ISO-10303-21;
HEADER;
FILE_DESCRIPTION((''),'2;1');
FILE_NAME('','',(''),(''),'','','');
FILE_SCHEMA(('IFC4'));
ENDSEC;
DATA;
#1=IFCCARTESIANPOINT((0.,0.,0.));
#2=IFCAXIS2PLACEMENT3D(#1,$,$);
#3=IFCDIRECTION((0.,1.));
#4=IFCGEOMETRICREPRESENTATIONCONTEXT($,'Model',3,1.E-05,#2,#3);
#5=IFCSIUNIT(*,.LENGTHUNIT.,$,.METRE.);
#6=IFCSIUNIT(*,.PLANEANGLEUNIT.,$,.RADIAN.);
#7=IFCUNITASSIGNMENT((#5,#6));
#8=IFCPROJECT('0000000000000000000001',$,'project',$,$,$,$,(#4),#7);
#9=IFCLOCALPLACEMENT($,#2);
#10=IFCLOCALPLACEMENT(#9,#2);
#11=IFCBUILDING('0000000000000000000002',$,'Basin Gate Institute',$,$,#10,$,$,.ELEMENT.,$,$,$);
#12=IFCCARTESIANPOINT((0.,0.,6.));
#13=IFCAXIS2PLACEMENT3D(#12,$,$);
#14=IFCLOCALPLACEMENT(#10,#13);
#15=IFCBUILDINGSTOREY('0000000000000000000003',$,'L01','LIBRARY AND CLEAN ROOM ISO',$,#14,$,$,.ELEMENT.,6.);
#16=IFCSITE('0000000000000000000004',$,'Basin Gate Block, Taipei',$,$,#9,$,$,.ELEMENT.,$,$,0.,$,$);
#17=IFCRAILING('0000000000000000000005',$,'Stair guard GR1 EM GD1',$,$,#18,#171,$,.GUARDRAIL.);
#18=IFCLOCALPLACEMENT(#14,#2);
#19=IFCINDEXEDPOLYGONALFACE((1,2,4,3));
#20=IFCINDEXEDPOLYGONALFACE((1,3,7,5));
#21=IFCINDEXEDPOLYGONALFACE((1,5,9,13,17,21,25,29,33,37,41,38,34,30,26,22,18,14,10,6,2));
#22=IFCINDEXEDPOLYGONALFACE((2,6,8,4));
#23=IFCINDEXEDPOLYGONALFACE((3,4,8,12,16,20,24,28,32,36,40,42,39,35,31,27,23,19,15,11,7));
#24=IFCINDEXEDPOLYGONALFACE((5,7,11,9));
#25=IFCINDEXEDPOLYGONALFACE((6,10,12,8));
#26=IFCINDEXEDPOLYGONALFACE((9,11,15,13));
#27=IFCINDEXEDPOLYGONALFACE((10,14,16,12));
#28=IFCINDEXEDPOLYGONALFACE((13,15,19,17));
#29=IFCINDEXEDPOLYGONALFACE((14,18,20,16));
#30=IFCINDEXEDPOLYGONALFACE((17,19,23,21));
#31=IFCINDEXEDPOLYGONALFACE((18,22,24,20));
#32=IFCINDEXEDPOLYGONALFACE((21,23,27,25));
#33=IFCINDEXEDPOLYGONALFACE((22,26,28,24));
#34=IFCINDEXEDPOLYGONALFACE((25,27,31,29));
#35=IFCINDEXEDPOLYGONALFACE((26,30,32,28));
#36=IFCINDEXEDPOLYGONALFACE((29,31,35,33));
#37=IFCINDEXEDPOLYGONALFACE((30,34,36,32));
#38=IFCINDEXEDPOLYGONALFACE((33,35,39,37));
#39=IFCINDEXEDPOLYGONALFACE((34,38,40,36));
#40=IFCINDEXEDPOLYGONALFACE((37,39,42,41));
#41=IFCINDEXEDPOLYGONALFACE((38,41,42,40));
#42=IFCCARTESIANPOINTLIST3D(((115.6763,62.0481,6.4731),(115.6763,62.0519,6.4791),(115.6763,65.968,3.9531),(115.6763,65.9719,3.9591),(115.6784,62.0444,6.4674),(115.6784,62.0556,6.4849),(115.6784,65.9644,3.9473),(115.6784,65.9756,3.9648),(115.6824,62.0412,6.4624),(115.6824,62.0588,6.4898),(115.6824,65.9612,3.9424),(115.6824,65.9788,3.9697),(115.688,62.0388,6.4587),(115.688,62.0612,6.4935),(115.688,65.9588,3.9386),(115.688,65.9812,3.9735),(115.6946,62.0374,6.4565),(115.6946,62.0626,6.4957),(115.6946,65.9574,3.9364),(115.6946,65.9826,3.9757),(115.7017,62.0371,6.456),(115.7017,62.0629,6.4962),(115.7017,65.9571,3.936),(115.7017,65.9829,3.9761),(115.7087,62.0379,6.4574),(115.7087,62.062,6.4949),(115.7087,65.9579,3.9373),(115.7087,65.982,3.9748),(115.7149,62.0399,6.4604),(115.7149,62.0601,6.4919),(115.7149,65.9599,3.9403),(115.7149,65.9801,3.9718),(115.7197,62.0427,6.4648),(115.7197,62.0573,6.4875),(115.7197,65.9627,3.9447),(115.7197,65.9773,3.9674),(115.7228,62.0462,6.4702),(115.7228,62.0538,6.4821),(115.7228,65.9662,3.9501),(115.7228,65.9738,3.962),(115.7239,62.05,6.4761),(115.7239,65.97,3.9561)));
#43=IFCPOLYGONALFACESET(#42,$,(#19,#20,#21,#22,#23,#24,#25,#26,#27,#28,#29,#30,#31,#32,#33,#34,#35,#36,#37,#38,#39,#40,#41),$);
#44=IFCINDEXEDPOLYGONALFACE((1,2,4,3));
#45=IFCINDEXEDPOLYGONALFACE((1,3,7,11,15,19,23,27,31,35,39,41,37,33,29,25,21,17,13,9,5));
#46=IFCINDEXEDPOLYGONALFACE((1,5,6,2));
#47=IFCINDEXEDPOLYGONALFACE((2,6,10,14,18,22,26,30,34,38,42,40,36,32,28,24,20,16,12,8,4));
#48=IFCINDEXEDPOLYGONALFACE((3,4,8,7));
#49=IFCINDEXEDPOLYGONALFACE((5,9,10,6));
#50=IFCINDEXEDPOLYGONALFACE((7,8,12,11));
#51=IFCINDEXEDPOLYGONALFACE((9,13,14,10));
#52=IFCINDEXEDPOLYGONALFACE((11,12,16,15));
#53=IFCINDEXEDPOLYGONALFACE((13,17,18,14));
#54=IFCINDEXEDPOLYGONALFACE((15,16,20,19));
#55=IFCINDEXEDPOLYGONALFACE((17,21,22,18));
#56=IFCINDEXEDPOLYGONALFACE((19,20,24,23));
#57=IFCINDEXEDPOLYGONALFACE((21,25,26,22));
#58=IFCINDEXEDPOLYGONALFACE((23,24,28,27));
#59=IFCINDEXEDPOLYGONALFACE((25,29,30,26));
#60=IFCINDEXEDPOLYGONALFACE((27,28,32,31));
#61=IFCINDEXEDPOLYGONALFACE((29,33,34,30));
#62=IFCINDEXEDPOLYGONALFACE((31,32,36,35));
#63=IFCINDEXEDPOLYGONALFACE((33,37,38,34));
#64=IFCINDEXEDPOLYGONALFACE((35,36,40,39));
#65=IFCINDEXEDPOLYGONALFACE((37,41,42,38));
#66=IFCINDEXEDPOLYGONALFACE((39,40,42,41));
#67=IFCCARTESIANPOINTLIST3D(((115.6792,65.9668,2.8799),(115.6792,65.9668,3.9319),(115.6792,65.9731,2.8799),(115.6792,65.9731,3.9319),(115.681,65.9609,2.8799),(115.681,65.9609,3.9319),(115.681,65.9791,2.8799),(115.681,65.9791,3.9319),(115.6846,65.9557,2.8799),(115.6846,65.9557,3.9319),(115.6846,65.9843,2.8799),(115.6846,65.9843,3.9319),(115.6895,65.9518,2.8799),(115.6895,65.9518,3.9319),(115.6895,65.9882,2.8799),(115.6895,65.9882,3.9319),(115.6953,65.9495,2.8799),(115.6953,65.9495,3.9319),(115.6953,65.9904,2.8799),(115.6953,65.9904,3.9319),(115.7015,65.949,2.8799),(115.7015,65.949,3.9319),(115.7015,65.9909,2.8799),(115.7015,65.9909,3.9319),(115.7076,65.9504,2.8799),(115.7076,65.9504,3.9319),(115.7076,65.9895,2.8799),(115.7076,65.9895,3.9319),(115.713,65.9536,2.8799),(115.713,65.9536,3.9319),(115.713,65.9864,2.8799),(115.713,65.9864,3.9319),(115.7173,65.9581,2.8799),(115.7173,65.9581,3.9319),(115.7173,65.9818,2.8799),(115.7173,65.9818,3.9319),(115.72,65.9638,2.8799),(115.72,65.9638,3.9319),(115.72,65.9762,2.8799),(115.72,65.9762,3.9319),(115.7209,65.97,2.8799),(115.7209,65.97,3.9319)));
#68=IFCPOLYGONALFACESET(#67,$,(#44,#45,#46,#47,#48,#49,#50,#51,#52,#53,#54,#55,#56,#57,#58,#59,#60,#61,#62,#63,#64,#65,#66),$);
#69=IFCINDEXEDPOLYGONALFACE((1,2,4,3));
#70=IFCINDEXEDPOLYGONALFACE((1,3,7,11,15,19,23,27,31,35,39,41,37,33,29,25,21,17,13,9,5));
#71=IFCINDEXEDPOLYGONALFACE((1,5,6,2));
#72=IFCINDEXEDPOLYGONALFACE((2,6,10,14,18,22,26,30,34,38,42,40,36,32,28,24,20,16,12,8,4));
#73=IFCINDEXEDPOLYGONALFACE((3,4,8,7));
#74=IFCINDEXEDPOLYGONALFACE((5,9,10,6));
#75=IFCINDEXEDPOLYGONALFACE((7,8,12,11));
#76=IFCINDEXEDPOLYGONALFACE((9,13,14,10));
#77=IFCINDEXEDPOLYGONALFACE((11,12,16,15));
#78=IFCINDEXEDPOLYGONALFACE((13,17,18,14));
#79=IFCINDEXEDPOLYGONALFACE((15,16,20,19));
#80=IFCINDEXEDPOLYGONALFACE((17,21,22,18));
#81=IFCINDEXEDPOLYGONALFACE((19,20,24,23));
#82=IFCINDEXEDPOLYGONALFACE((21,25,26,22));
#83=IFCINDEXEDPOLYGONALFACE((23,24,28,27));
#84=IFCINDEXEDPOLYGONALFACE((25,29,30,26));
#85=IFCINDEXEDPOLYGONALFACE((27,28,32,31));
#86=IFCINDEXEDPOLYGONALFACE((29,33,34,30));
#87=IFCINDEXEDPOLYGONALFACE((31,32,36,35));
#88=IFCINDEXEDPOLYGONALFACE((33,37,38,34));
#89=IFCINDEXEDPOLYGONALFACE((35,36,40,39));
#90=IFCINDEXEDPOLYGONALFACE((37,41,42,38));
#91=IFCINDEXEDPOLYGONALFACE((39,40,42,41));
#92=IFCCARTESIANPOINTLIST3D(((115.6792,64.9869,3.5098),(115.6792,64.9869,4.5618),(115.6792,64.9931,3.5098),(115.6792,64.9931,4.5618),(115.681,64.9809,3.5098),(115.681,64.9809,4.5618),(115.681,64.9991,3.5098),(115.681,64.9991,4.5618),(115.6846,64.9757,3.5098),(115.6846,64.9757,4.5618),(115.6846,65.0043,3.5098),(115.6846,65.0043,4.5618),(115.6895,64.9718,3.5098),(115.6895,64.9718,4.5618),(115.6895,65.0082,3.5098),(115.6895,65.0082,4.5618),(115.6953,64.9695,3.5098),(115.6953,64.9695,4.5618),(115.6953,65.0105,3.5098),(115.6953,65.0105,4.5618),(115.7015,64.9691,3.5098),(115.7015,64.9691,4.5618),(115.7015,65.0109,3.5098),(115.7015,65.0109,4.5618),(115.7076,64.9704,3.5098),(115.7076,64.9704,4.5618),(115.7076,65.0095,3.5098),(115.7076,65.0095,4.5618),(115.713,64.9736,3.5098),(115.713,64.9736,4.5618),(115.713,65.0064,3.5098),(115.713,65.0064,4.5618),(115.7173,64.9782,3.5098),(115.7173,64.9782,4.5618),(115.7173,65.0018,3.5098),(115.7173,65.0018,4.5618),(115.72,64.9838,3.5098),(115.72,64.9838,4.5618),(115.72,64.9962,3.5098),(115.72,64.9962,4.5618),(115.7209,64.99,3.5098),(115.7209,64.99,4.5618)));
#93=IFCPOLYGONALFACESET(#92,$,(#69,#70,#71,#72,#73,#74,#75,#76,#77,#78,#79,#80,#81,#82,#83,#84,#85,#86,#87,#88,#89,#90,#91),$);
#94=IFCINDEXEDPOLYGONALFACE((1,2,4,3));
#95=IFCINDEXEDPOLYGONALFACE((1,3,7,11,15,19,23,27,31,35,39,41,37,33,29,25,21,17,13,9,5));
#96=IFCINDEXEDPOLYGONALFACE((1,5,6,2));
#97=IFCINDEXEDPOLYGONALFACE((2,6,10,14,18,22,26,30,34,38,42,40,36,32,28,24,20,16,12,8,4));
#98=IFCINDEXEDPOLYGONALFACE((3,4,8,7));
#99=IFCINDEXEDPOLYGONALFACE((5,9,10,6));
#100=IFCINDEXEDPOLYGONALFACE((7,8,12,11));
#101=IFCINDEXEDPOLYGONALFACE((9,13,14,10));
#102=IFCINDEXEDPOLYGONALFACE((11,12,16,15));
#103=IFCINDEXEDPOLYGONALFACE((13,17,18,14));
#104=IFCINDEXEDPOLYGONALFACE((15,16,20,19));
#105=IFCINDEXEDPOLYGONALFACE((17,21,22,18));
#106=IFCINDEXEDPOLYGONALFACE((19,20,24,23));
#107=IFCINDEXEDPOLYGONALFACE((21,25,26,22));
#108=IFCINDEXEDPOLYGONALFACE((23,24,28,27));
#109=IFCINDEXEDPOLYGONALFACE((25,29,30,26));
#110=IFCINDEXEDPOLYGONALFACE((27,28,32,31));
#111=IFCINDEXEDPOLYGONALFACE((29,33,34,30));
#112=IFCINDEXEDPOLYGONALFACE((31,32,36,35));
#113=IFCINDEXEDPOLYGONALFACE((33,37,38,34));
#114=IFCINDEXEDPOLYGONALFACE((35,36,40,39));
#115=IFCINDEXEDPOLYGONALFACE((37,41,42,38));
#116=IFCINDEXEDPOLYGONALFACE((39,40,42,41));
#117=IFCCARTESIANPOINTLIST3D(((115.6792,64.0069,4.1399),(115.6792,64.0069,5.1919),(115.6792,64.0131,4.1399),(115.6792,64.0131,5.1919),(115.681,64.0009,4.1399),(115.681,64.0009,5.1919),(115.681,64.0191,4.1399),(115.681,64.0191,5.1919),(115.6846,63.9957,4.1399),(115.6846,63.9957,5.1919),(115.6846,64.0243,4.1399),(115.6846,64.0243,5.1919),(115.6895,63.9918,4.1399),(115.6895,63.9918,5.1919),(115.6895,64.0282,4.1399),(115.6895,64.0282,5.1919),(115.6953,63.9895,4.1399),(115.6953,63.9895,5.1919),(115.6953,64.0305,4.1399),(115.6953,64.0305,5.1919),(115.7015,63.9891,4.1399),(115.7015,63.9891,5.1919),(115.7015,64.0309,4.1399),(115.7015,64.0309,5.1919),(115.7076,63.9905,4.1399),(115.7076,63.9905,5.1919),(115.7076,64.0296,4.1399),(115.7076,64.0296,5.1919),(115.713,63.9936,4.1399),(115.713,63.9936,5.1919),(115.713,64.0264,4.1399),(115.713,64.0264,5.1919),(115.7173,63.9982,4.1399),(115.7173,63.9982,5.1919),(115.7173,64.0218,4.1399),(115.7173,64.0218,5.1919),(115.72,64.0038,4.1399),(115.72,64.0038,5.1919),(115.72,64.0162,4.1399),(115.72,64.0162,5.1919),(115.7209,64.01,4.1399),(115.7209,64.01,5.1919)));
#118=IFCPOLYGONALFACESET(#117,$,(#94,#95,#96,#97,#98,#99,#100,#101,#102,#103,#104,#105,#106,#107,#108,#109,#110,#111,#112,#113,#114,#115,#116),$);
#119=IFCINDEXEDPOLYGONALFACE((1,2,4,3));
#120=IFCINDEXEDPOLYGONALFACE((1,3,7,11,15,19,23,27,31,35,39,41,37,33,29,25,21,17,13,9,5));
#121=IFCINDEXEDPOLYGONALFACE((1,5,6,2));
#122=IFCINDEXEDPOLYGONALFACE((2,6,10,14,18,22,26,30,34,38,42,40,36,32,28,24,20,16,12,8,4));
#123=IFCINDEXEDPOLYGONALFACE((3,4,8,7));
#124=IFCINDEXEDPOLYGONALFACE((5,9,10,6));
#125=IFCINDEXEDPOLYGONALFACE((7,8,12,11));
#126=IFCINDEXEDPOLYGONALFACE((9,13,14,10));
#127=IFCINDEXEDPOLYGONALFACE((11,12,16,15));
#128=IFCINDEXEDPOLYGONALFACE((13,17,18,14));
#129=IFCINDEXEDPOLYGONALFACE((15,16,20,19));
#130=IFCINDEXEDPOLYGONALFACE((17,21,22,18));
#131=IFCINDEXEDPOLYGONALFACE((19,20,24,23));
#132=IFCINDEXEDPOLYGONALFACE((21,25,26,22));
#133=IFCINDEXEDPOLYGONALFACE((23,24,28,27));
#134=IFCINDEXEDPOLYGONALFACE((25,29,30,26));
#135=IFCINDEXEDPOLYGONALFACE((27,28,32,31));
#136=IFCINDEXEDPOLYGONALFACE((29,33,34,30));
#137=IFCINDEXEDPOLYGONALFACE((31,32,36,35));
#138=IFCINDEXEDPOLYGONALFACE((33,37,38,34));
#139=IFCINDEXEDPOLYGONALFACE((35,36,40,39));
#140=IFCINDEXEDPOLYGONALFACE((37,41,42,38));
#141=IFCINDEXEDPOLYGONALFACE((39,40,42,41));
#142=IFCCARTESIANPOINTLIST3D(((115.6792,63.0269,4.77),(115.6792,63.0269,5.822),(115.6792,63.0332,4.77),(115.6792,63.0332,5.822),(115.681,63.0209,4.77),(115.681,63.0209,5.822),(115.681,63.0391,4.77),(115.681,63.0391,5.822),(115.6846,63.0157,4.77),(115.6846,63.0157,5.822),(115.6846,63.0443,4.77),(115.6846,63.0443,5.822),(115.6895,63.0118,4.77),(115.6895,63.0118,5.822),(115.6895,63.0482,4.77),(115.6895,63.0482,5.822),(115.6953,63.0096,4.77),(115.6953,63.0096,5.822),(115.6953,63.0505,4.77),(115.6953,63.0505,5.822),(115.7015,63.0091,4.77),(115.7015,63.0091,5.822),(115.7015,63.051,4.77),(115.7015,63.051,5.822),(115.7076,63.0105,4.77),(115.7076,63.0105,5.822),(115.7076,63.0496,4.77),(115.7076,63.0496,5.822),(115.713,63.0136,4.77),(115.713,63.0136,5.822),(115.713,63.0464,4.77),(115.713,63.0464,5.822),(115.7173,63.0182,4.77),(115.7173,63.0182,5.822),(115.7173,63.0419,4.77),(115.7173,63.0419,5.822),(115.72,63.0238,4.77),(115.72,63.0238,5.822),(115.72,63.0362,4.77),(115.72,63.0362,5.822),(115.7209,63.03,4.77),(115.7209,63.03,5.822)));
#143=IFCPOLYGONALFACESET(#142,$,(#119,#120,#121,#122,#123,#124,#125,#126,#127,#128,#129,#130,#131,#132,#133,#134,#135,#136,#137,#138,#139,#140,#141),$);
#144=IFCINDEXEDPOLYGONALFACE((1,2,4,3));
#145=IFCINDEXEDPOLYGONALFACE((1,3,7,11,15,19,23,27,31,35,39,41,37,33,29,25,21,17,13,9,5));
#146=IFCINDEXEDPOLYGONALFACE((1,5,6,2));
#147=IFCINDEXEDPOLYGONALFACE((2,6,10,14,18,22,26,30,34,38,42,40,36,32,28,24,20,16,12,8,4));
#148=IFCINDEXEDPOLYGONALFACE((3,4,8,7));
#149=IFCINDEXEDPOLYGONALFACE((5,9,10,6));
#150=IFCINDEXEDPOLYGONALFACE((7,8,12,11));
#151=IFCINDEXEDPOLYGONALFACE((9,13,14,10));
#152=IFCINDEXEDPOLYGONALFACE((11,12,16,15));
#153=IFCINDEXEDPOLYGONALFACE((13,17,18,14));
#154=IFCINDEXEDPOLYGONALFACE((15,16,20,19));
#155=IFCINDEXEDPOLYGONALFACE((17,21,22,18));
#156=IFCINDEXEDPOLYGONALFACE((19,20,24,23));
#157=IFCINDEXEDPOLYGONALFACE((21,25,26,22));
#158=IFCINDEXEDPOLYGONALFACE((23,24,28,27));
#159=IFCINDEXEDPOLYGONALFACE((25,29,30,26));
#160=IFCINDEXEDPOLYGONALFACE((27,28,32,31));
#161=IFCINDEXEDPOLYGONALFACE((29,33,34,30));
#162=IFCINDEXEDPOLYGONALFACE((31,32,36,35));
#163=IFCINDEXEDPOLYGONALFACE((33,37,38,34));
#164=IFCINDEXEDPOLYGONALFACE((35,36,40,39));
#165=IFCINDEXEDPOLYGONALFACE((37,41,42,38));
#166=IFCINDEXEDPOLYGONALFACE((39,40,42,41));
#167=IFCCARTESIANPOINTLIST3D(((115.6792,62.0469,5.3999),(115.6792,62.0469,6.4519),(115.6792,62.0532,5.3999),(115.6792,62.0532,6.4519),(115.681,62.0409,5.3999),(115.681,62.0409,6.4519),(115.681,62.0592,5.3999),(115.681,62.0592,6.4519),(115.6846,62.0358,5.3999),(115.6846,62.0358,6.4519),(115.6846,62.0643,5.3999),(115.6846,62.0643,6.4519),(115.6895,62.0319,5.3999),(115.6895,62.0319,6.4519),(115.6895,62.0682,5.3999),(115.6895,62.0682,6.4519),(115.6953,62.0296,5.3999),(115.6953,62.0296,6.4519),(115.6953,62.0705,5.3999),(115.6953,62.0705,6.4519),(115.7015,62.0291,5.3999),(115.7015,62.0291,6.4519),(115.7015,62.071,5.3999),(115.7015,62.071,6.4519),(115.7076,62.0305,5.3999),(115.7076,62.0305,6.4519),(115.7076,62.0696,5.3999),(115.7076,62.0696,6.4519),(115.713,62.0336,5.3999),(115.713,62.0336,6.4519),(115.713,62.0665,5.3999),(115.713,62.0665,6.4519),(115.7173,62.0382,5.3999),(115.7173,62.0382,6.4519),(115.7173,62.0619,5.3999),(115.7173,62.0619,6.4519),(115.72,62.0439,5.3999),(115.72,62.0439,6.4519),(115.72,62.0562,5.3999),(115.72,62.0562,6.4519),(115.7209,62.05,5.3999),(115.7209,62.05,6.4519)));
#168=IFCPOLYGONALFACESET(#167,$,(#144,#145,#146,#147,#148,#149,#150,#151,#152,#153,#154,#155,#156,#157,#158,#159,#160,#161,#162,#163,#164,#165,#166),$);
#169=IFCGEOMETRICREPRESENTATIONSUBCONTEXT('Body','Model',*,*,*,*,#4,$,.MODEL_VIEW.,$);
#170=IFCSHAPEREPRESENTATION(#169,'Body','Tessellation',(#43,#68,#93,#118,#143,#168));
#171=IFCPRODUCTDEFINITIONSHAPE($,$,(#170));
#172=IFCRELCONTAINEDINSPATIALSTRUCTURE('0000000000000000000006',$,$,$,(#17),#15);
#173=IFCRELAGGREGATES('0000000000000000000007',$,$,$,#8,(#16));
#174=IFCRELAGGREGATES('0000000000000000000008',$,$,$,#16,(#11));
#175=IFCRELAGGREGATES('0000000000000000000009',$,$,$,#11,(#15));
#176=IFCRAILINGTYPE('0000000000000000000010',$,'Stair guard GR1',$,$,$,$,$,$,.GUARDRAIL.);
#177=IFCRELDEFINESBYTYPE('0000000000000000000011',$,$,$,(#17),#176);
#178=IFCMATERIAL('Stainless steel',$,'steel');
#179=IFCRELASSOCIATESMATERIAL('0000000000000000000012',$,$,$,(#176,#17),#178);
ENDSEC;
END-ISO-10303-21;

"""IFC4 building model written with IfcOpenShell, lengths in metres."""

from ifc_helpers import new_model, si_unit, direction, frame, origin, origin_2d, place, context, subcontext, project, spatial, circle, extrude, material, type_object, element, save


model = new_model("IFC4")

# Units and contexts
model_context = context("Model", 3, precision=1e-05, world=origin(), true_north=direction((0.0, 1.0)))
body_context = subcontext(model_context, "Body", "Model", "MODEL_VIEW")
ifc_project = project(units=[si_unit("LENGTHUNIT", "METRE"), si_unit("PLANEANGLEUNIT", "RADIAN")], contexts=[model_context])

# Site, building, storey
site_placement = place(None, origin())
site = spatial("IfcSite", under=ifc_project, at=site_placement, Name="Basin Gate Block, Taipei", CompositionType="ELEMENT", RefElevation=0.0)
building_placement = place(site_placement, origin())
building = spatial("IfcBuilding", under=site, at=building_placement, Name="Basin Gate Institute", CompositionType="ELEMENT")
storey_placement = place(building_placement, frame((0.0, 0.0, 6.0)))
storey = spatial("IfcBuildingStorey", under=building, at=storey_placement, Name="L01", Description="LIBRARY AND CLEAN ROOM ISO", CompositionType="ELEMENT", Elevation=6.0)

# Railing
ifc_material_1 = material(Name="Stainless steel", Category="steel")
railing_type_1 = type_object("IfcRailingType", Name="Stair guard GR1", PredefinedType="GUARDRAIL", material=ifc_material_1)
railing_1_placement = place(storey_placement, frame((115.7, 65.97, 2.8799)))
element("IfcRailing", 1, at=railing_1_placement, inside=storey, type_object=railing_type_1, material=ifc_material_1, Name="Stair guard GR1 EM GD1", PredefinedType="GUARDRAIL", context=body_context, shape_type="SweptSolid", body=[
    extrude(circle(Radius=0.0239, at=origin_2d()), frame((0.0, 0.0, 1.0762), z_axis=(0.0, -0.841172, 0.540768), x_axis=(1.0, 0.0, 0.0)), (0.0, 0.0, 1.0), 4.6602),
    extrude(circle(Radius=0.021, at=origin_2d()), origin(), (0.0, 0.0, 1.0), 1.052),
    extrude(circle(Radius=0.021, at=origin_2d()), frame((0.0, -0.98, 0.6299)), (0.0, 0.0, 1.0), 1.052),
    extrude(circle(Radius=0.021, at=origin_2d()), frame((0.0, -1.96, 1.26)), (0.0, 0.0, 1.0), 1.052),
    extrude(circle(Radius=0.021, at=origin_2d()), frame((0.0, -2.9399, 1.8901)), (0.0, 0.0, 1.0), 1.052),
    extrude(circle(Radius=0.021, at=origin_2d()), frame((0.0, -3.9199, 2.52)), (0.0, 0.0, 1.0), 1.052),
])

save(model, "model.ifc")
